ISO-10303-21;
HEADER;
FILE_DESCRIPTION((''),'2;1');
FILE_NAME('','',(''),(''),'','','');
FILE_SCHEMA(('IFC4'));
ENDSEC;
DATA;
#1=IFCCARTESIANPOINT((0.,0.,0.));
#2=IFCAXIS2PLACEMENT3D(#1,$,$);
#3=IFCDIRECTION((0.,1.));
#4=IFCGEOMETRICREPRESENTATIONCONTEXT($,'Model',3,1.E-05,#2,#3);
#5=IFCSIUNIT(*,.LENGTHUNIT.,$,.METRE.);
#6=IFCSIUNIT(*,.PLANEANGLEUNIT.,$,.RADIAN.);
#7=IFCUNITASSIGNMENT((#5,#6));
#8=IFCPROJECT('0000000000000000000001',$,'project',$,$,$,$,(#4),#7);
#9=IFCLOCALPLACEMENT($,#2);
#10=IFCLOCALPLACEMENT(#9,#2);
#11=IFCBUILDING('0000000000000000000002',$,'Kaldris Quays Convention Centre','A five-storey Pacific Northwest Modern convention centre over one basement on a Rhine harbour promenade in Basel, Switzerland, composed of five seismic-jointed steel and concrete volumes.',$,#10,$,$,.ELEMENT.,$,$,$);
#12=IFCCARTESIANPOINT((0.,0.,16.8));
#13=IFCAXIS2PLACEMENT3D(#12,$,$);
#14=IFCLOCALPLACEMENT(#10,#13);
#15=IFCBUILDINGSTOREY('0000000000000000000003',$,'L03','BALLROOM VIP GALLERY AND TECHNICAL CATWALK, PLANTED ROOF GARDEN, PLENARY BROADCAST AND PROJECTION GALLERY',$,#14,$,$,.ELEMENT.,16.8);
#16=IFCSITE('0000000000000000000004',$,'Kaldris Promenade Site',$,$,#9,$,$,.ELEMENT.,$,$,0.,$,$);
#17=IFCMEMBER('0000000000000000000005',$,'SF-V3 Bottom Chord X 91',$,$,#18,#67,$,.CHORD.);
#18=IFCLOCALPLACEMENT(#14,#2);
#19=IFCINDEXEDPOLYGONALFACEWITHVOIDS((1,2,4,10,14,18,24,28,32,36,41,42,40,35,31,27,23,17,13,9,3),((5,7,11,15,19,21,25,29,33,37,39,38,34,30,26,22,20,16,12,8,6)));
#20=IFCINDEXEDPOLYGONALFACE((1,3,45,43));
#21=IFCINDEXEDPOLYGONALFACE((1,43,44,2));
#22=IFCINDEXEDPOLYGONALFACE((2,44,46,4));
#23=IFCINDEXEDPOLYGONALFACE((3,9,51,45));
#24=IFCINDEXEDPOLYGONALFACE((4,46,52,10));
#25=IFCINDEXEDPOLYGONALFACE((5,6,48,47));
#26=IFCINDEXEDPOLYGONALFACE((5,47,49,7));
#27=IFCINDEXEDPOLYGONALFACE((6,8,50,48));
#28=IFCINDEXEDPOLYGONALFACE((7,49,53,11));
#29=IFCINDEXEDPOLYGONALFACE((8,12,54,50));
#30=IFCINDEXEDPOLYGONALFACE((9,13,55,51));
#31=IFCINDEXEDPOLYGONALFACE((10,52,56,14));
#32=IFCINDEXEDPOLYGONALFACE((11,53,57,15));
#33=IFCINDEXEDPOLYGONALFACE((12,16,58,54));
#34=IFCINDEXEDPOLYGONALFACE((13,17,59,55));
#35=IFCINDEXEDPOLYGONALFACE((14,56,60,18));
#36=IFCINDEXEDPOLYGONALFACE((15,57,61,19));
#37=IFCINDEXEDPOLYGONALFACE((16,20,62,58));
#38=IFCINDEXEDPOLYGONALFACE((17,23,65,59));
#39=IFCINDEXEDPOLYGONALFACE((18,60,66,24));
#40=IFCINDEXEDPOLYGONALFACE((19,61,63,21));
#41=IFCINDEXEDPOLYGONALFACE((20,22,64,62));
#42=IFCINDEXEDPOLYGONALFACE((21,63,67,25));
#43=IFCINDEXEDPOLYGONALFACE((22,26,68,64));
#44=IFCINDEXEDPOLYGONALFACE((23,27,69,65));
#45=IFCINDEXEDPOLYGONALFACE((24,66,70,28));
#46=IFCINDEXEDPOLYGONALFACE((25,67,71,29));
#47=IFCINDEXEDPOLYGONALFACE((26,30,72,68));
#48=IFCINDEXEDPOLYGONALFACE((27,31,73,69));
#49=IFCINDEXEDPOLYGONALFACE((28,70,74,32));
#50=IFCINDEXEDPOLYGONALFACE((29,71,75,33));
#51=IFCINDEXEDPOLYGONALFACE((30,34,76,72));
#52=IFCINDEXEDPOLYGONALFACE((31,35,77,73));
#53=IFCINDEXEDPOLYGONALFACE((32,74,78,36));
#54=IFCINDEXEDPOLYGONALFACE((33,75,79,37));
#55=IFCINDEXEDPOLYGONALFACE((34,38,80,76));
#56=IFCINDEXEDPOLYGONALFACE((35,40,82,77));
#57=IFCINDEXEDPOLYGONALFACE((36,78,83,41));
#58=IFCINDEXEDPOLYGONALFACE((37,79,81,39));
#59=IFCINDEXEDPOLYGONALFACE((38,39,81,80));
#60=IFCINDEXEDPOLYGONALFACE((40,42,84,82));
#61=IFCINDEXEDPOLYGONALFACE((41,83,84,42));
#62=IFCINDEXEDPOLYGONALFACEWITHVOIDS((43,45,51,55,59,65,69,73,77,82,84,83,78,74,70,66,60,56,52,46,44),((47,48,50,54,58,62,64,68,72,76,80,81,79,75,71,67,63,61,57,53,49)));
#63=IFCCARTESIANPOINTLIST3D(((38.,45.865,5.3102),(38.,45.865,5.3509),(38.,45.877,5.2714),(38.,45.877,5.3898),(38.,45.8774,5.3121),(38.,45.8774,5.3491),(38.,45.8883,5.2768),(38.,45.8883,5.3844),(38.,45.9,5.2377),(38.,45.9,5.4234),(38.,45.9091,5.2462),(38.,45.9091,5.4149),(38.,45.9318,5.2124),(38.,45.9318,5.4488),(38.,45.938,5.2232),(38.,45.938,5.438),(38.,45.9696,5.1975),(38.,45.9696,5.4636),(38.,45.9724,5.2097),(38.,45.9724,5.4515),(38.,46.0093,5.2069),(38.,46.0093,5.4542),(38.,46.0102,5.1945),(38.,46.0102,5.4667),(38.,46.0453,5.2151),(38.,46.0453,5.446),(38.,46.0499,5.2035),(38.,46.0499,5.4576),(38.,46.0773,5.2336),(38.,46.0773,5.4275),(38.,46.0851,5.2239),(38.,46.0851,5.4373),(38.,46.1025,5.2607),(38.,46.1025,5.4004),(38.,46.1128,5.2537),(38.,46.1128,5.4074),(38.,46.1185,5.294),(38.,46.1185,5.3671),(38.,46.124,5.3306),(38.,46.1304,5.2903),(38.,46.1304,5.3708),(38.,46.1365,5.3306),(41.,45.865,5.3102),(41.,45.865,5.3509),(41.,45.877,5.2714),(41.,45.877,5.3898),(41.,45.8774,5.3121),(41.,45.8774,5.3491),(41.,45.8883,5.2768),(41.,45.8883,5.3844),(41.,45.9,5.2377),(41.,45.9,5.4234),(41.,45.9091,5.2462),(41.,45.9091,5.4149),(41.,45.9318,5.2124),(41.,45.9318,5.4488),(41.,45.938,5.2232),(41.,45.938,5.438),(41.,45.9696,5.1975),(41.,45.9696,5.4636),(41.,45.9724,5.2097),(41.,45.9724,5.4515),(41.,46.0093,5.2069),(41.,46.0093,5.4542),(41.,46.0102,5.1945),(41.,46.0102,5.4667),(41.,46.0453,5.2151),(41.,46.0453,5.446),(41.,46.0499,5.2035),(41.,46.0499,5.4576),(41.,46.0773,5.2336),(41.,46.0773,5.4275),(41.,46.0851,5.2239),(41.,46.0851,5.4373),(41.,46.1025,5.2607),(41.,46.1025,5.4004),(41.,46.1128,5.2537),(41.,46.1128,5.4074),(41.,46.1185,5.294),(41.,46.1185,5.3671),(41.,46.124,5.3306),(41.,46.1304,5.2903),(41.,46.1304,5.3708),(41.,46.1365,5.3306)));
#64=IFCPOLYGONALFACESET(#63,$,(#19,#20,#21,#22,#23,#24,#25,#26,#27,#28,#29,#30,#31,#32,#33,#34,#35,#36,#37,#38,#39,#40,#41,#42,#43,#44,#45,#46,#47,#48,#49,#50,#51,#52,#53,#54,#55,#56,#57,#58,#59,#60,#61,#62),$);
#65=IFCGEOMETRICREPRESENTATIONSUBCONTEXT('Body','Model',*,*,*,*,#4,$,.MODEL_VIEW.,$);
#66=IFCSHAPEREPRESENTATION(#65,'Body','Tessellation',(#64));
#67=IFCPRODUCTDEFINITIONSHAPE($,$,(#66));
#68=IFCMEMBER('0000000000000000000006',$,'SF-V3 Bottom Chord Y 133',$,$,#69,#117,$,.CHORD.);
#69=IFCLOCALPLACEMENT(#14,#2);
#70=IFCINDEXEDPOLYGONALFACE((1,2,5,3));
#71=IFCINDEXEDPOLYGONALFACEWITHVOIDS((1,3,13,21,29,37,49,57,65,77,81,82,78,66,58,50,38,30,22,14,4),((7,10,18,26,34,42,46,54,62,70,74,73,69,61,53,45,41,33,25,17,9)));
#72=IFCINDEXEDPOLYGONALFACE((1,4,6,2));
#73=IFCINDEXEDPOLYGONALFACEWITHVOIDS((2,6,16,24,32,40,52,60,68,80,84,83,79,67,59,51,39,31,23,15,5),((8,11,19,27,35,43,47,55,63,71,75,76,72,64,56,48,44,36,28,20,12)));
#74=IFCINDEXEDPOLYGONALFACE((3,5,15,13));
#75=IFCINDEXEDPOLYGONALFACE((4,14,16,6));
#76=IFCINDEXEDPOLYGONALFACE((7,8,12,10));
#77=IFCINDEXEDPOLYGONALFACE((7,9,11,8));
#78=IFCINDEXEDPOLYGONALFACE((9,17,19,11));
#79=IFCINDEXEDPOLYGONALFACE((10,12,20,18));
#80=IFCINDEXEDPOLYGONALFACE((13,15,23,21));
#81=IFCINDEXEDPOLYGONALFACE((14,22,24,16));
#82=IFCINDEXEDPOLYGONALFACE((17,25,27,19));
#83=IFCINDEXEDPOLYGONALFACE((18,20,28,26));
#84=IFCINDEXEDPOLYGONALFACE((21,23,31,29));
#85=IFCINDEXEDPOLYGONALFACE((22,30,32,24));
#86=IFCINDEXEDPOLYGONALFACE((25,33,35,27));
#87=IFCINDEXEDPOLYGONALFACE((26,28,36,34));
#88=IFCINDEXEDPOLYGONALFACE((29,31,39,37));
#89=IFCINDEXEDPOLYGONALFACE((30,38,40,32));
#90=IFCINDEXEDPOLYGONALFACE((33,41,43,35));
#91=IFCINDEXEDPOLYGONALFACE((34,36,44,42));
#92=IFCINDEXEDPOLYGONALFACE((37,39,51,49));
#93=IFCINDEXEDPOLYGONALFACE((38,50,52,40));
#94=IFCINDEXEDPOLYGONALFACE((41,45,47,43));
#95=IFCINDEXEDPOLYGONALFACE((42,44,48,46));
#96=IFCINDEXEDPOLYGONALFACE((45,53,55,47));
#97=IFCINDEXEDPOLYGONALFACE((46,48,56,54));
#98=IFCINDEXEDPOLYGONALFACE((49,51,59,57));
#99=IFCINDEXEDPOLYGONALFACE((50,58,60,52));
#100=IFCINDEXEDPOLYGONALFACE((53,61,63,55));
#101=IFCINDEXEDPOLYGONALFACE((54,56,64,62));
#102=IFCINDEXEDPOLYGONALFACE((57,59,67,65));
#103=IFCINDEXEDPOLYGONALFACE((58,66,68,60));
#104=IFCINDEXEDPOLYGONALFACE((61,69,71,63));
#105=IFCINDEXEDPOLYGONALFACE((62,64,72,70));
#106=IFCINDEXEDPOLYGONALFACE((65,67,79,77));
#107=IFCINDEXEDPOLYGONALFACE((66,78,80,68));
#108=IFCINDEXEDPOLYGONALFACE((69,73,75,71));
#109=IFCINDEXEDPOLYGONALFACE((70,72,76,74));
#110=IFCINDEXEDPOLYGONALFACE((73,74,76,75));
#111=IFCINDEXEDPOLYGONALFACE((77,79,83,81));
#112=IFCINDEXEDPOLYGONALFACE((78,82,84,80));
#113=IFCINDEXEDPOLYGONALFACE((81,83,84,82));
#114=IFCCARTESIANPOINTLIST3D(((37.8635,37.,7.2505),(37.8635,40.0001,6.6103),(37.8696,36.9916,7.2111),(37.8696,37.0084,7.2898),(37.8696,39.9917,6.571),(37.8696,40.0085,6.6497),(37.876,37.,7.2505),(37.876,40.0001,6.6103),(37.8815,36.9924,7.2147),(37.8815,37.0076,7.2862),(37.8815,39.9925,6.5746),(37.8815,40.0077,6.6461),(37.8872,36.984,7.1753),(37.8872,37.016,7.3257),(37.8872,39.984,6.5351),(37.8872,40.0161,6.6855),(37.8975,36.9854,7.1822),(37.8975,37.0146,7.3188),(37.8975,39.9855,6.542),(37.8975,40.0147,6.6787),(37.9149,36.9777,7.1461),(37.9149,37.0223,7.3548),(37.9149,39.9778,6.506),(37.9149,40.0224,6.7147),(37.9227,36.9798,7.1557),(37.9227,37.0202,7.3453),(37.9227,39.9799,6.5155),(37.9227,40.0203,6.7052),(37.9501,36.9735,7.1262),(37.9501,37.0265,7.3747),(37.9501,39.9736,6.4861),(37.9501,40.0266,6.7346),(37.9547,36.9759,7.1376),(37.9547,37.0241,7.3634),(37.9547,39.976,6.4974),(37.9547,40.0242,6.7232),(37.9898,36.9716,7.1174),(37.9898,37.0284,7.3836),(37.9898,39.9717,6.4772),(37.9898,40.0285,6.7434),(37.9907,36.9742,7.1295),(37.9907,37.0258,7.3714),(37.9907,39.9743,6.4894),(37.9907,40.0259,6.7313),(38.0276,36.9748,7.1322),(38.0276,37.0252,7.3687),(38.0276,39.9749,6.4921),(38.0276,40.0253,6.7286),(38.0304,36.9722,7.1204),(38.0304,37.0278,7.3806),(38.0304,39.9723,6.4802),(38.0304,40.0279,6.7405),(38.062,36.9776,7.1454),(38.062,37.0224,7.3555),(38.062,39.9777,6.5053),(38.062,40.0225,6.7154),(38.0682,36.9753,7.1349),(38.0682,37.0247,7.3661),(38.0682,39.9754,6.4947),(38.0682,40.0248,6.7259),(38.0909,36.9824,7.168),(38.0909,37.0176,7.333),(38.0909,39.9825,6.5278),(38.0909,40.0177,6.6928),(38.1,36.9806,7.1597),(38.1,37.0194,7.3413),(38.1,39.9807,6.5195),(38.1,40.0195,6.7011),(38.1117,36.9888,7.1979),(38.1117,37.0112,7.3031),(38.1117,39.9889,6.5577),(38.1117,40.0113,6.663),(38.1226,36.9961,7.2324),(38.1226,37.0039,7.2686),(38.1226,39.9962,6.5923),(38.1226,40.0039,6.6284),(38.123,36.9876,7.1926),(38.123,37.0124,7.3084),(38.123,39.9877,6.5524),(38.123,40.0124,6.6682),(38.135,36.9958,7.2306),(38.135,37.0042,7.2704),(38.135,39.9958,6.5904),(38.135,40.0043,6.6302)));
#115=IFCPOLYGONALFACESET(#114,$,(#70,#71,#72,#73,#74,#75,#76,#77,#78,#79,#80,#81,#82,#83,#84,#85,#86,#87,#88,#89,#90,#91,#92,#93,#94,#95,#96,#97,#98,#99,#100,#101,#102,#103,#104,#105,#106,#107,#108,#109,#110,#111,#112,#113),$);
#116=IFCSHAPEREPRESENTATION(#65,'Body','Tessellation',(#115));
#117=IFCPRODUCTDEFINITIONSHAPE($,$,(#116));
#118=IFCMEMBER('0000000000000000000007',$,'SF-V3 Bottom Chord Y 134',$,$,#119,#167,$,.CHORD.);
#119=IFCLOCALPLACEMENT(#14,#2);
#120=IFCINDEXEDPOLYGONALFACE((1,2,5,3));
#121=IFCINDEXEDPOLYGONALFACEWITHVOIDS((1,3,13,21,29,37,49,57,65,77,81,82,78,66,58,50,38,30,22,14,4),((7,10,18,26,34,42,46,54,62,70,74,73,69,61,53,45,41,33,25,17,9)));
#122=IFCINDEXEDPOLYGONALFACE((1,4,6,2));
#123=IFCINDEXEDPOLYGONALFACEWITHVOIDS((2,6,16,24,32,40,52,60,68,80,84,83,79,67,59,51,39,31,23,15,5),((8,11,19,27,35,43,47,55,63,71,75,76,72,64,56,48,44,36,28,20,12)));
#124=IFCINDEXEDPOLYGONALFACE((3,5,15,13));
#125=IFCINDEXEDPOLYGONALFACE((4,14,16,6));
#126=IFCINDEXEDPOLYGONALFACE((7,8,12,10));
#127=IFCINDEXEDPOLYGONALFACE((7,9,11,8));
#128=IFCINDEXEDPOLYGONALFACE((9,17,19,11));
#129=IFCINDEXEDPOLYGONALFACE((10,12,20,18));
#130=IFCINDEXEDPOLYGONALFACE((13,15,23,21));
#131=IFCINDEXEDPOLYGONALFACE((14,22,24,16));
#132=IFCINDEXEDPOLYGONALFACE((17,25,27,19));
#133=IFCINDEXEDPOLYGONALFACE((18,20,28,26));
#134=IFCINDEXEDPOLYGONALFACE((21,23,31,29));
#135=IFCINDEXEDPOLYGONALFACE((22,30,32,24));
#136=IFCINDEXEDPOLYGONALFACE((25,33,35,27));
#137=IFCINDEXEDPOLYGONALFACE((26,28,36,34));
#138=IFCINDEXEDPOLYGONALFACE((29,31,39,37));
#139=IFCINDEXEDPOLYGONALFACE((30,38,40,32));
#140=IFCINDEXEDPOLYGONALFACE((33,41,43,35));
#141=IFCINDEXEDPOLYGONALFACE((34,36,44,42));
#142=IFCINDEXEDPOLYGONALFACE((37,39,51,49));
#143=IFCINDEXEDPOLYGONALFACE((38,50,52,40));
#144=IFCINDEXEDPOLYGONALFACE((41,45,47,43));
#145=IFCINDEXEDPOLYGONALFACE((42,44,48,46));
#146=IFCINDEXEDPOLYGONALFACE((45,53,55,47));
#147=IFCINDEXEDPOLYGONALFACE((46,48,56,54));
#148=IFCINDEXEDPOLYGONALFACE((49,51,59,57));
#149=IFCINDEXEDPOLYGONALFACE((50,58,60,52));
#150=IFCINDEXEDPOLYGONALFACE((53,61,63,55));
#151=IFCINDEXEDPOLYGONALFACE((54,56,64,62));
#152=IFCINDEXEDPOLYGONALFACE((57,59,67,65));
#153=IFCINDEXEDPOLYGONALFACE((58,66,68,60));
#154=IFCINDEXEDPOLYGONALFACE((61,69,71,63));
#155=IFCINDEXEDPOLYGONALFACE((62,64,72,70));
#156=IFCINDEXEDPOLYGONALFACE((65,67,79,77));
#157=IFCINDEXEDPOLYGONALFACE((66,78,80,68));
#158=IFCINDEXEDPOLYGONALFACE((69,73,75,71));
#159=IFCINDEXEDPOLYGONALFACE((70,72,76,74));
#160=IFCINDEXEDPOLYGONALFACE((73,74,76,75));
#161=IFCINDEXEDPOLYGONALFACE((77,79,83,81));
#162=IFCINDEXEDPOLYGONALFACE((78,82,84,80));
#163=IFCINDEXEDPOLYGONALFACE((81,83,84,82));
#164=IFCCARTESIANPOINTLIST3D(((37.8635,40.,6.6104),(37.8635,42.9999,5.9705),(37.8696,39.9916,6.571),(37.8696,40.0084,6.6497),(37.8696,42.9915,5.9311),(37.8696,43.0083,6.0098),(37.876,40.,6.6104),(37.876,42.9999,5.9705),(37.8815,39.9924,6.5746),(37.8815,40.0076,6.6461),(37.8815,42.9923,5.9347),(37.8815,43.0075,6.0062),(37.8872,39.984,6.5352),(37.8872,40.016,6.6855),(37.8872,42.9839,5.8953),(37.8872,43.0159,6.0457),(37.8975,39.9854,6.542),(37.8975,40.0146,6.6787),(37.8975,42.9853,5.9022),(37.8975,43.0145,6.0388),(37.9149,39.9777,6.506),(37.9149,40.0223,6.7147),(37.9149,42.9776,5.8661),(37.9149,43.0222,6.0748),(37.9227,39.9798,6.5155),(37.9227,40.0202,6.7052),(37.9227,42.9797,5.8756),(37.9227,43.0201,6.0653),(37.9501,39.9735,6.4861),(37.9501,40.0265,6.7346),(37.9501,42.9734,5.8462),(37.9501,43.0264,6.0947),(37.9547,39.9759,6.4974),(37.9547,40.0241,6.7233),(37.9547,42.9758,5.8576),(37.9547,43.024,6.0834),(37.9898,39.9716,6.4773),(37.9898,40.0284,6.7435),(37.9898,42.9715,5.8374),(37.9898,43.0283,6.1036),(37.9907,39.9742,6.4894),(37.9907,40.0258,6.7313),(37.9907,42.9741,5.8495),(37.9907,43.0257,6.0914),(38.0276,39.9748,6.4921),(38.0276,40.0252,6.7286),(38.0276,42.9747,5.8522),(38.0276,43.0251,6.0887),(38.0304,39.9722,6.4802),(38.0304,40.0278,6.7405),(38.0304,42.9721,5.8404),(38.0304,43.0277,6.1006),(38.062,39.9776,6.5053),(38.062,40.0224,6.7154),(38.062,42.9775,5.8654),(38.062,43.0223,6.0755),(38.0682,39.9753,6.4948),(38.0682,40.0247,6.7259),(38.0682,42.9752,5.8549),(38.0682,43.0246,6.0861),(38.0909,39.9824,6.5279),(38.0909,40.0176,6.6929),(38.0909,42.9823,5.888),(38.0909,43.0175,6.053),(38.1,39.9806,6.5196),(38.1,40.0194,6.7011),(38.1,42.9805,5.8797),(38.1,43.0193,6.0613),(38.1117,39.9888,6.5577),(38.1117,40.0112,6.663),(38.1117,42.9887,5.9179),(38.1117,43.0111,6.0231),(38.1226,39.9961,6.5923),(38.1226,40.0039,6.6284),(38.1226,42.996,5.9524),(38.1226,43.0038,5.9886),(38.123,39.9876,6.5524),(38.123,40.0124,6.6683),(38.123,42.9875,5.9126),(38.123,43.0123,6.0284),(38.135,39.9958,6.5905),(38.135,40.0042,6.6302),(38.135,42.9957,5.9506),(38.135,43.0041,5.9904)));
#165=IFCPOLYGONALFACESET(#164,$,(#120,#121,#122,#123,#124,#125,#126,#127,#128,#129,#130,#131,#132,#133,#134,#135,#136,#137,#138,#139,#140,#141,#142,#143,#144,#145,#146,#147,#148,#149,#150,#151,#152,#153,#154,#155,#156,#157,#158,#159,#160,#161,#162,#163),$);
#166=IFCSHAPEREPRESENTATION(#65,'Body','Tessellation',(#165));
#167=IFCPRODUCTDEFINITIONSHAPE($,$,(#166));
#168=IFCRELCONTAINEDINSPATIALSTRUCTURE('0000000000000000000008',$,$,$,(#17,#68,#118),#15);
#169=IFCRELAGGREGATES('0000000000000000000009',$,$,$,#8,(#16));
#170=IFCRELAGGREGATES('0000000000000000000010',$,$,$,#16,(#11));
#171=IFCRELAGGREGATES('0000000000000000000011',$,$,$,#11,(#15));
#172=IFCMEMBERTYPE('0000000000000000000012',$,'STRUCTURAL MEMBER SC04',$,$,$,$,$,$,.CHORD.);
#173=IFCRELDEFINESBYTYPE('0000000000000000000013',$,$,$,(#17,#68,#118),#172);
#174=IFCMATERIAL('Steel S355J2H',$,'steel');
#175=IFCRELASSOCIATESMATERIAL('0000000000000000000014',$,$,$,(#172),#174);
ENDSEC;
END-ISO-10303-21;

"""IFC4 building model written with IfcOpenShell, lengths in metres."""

from ifc_helpers import new_model, si_unit, direction, frame, origin, origin_2d, place, context, subcontext, project, spatial, hollow_circle, extrude, material, material_profile, profile_set, type_object, element, save


model = new_model("IFC4")

# Units and contexts
model_context = context("Model", 3, precision=1e-05, world=origin(), true_north=direction((0.0, 1.0)))
body_context = subcontext(model_context, "Body", "Model", "MODEL_VIEW")
ifc_project = project(units=[si_unit("LENGTHUNIT", "METRE"), si_unit("PLANEANGLEUNIT", "RADIAN")], contexts=[model_context])

# Site, building, storey
site_placement = place(None, origin())
site = spatial("IfcSite", under=ifc_project, at=site_placement, Name="Kaldris Promenade Site", CompositionType="ELEMENT", RefElevation=0.0)
building_placement = place(site_placement, origin())
building = spatial("IfcBuilding", under=site, at=building_placement, Name="Kaldris Quays Convention Centre", Description="A five-storey Pacific Northwest Modern convention centre over one basement on a Rhine harbour promenade in Basel, Switzerland, composed of five seismic-jointed steel and concrete volumes.", CompositionType="ELEMENT")
storey_placement = place(building_placement, frame((0.0, 0.0, 16.8)))
storey = spatial("IfcBuildingStorey", under=building, at=storey_placement, Name="L03", Description="BALLROOM VIP GALLERY AND TECHNICAL CATWALK, PLANTED ROOF GARDEN, PLENARY BROADCAST AND PROJECTION GALLERY", CompositionType="ELEMENT", Elevation=16.8)

# Members
ifc_material_1 = material(Name="Steel S355J2H", Category="steel")
ifc_material_profile_1 = material_profile(ifc_material_1, hollow_circle(Radius=0.1365, WallThickness=0.0125, at=origin_2d()), Name="CHS 273x12.5")
ifc_profile_set_1 = profile_set([ifc_material_profile_1], Name="Steel S355J2H")
member_type_1 = type_object("IfcMemberType", Name="STRUCTURAL MEMBER SC04", PredefinedType="CHORD", material=ifc_profile_set_1)
for number, where, z_axis, x_axis, name in (
    (1, (38.0, 46.0, 5.3306), (1.0, 0.0, 0.0), (0.0, 1.0, 0.0), "SF-V3 Bottom Chord X 91"),
):
    element("IfcMember", number, at=place(storey_placement, frame(where, z_axis=z_axis, x_axis=x_axis)), inside=storey, type_object=member_type_1, Name=name, PredefinedType="CHORD", context=body_context, shape_type="SweptSolid", body=[
        extrude(hollow_circle(Radius=0.1365, WallThickness=0.0125, at=origin_2d()), origin(), (0.0, 0.0, 1.0), 3.0),
    ])
member_1_placement = place(storey_placement, frame((38.0, 37.0, 7.2505), z_axis=(0.0, 0.977984, -0.208681), x_axis=(-1.0, 0.0, 0.0)))
element("IfcMember", 2, at=member_1_placement, inside=storey, type_object=member_type_1, Name="SF-V3 Bottom Chord Y 133", PredefinedType="CHORD", context=body_context, shape_type="SweptSolid", body=[
    extrude(hollow_circle(Radius=0.1365, WallThickness=0.0125, at=origin_2d()), origin(), (0.0, 0.0, 1.0), 3.0676),
])
for number, where, z_axis, x_axis, name in (
    (3, (38.0, 40.0, 6.6104), (0.0, 0.978, -0.208605), (-1.0, 0.0, 0.0), "SF-V3 Bottom Chord Y 134"),
):
    element("IfcMember", number, at=place(storey_placement, frame(where, z_axis=z_axis, x_axis=x_axis)), inside=storey, type_object=member_type_1, Name=name, PredefinedType="CHORD", context=body_context, shape_type="SweptSolid", body=[
        extrude(hollow_circle(Radius=0.1365, WallThickness=0.0125, at=origin_2d()), origin(), (0.0, 0.0, 1.0), 3.0674),
    ])

save(model, "model.ifc")
